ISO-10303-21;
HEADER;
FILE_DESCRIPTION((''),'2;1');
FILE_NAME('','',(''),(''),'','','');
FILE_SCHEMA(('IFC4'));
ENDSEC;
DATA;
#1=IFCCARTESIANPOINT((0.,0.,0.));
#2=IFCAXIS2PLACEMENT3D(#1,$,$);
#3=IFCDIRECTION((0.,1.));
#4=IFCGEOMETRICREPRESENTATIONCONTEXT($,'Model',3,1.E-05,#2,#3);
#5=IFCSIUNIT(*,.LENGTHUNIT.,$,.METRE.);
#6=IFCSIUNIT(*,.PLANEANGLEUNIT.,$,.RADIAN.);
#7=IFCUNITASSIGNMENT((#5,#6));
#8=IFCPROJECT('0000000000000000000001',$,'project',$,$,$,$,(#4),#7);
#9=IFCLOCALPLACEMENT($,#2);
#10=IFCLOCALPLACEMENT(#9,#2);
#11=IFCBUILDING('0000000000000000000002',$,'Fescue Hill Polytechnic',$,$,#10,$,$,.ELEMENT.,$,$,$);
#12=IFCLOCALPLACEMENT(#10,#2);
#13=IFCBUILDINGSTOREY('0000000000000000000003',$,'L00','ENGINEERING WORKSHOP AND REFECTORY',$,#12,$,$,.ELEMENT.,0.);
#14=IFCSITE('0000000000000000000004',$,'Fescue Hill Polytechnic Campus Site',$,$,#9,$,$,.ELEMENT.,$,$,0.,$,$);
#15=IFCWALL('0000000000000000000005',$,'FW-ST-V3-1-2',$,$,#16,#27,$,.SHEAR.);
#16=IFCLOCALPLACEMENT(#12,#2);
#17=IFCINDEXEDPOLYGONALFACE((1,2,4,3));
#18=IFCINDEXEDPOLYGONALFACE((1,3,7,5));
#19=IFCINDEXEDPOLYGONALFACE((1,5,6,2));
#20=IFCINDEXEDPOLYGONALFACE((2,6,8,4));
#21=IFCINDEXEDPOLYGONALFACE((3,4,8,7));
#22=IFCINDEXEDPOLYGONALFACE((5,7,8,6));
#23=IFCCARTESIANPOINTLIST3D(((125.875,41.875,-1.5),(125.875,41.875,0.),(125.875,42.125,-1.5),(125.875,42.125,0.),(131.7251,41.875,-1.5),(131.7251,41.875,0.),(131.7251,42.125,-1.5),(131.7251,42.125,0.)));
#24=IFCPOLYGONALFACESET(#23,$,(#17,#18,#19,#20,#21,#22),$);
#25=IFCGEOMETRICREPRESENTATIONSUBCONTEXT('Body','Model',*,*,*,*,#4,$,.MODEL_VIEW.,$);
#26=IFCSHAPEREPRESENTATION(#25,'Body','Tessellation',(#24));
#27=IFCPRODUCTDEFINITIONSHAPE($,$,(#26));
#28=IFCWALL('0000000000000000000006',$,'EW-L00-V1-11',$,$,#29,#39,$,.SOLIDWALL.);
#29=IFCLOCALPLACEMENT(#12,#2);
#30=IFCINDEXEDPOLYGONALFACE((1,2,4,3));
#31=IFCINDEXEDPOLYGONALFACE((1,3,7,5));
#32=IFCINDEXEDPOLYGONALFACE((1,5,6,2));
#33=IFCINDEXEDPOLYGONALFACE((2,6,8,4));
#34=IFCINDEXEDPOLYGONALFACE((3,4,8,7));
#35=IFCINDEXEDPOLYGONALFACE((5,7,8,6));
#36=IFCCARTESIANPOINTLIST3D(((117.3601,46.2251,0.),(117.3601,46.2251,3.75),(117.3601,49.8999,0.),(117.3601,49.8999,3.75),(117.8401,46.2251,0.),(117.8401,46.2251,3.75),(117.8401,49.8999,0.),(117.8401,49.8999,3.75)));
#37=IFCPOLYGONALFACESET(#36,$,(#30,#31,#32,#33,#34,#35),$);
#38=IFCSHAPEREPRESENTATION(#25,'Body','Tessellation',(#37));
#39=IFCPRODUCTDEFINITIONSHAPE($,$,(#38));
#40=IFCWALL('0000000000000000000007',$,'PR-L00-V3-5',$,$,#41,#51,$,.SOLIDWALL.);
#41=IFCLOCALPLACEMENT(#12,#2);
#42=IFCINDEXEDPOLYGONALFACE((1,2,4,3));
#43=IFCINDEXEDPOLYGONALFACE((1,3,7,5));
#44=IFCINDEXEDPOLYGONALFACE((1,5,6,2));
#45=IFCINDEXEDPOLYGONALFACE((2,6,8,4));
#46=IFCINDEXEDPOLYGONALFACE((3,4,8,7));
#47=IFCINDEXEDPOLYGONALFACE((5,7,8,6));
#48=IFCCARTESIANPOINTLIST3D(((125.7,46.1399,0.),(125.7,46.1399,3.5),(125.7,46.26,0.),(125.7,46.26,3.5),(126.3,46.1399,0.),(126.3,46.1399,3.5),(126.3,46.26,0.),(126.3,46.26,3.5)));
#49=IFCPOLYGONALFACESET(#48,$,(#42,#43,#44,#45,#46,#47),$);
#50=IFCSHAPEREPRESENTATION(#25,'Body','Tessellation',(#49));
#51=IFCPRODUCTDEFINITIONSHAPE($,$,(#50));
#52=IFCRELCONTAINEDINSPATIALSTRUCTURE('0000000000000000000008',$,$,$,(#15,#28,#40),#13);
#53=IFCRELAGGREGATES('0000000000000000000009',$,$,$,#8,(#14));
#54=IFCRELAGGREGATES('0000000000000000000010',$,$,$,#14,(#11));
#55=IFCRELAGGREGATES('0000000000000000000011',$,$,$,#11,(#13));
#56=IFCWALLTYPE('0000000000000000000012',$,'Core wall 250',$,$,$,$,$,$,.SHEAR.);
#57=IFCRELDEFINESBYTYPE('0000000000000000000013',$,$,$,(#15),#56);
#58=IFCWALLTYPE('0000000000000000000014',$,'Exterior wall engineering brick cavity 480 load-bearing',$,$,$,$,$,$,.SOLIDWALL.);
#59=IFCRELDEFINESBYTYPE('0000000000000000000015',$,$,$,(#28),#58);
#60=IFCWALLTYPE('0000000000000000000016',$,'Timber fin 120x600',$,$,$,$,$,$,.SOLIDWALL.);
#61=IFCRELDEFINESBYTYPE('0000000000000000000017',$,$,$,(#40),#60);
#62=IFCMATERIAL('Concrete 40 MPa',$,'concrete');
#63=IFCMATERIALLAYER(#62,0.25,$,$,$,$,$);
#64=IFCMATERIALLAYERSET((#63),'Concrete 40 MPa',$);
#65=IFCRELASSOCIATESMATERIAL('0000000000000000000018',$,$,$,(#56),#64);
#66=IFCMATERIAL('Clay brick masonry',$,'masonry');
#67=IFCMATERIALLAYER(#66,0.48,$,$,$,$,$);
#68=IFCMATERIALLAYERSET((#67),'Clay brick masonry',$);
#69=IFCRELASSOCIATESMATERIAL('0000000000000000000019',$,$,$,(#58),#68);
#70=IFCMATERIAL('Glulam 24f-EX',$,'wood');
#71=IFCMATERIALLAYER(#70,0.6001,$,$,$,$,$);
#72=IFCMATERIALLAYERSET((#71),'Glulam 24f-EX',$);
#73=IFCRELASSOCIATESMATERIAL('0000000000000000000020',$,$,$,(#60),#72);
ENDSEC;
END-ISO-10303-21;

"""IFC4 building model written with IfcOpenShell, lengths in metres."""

from ifc_helpers import new_model, si_unit, direction, frame, frame_2d, origin, place, context, subcontext, project, spatial, rectangle, extrude, material, layer, layer_set, type_object, element, save


model = new_model("IFC4")

# Units and contexts
model_context = context("Model", 3, precision=1e-05, world=origin(), true_north=direction((0.0, 1.0)))
body_context = subcontext(model_context, "Body", "Model", "MODEL_VIEW")
ifc_project = project(units=[si_unit("LENGTHUNIT", "METRE"), si_unit("PLANEANGLEUNIT", "RADIAN")], contexts=[model_context])

# Site, building, storey
site_placement = place(None, origin())
site = spatial("IfcSite", under=ifc_project, at=site_placement, Name="Fescue Hill Polytechnic Campus Site", CompositionType="ELEMENT", RefElevation=0.0)
building_placement = place(site_placement, origin())
building = spatial("IfcBuilding", under=site, at=building_placement, Name="Fescue Hill Polytechnic", CompositionType="ELEMENT")
storey_placement = place(building_placement, origin())
storey = spatial("IfcBuildingStorey", under=building, at=storey_placement, Name="L00", Description="ENGINEERING WORKSHOP AND REFECTORY", CompositionType="ELEMENT", Elevation=0.0)

# Shared definitions
ifc_material_1 = material(Name="Concrete 40 MPa", Category="concrete")

# Walls
ifc_layer_1 = layer(ifc_material_1, 0.25)
ifc_layer_set_1 = layer_set([ifc_layer_1], Name="Concrete 40 MPa")
wall_type_1 = type_object("IfcWallType", Name="Core wall 250", PredefinedType="SHEAR", material=ifc_layer_set_1)
wall_1_placement = place(storey_placement, frame((125.875, 42.0, -1.5), z_axis=(0.0, 0.0, 1.0), x_axis=(1.0, 0.0, 0.0)))
element("IfcWall", 1, at=wall_1_placement, inside=storey, type_object=wall_type_1, Name="FW-ST-V3-1-2", PredefinedType="SHEAR", context=body_context, shape_type="SweptSolid", body=[
    extrude(rectangle(XDim=5.8501, YDim=0.25, at=frame_2d((2.925, 0.0))), origin(), (0.0, 0.0, 1.0), 1.5),
])
ifc_material_2 = material(Name="Clay brick masonry", Category="masonry")
ifc_layer_2 = layer(ifc_material_2, 0.48)
ifc_layer_set_2 = layer_set([ifc_layer_2], Name="Clay brick masonry")
wall_type_2 = type_object("IfcWallType", Name="Exterior wall engineering brick cavity 480 load-bearing", PredefinedType="SOLIDWALL", material=ifc_layer_set_2)
wall_2_placement = place(storey_placement, frame((117.6001, 46.2251, 0.0), z_axis=(0.0, 0.0, 1.0), x_axis=(0.0, 1.0, 0.0)))
element("IfcWall", 2, at=wall_2_placement, inside=storey, type_object=wall_type_2, Name="EW-L00-V1-11", PredefinedType="SOLIDWALL", context=body_context, shape_type="SweptSolid", body=[
    extrude(rectangle(XDim=3.6748, YDim=0.48, at=frame_2d((1.8374, 0.0))), origin(), (0.0, 0.0, 1.0), 3.75),
])
ifc_material_3 = material(Name="Glulam 24f-EX", Category="wood")
ifc_layer_3 = layer(ifc_material_3, 0.6001)
ifc_layer_set_3 = layer_set([ifc_layer_3], Name="Glulam 24f-EX")
wall_type_3 = type_object("IfcWallType", Name="Timber fin 120x600", PredefinedType="SOLIDWALL", material=ifc_layer_set_3)
wall_3_placement = place(storey_placement, frame((126.0, 46.26, 0.0), z_axis=(0.0, 0.0, 1.0), x_axis=(0.0, -1.0, 0.0)))
element("IfcWall", 3, at=wall_3_placement, inside=storey, type_object=wall_type_3, Name="PR-L00-V3-5", PredefinedType="SOLIDWALL", context=body_context, shape_type="SweptSolid", body=[
    extrude(rectangle(XDim=0.1201, YDim=0.6001, at=frame_2d((0.0601, 0.0))), origin(), (0.0, 0.0, 1.0), 3.5),
])

save(model, "model.ifc")
